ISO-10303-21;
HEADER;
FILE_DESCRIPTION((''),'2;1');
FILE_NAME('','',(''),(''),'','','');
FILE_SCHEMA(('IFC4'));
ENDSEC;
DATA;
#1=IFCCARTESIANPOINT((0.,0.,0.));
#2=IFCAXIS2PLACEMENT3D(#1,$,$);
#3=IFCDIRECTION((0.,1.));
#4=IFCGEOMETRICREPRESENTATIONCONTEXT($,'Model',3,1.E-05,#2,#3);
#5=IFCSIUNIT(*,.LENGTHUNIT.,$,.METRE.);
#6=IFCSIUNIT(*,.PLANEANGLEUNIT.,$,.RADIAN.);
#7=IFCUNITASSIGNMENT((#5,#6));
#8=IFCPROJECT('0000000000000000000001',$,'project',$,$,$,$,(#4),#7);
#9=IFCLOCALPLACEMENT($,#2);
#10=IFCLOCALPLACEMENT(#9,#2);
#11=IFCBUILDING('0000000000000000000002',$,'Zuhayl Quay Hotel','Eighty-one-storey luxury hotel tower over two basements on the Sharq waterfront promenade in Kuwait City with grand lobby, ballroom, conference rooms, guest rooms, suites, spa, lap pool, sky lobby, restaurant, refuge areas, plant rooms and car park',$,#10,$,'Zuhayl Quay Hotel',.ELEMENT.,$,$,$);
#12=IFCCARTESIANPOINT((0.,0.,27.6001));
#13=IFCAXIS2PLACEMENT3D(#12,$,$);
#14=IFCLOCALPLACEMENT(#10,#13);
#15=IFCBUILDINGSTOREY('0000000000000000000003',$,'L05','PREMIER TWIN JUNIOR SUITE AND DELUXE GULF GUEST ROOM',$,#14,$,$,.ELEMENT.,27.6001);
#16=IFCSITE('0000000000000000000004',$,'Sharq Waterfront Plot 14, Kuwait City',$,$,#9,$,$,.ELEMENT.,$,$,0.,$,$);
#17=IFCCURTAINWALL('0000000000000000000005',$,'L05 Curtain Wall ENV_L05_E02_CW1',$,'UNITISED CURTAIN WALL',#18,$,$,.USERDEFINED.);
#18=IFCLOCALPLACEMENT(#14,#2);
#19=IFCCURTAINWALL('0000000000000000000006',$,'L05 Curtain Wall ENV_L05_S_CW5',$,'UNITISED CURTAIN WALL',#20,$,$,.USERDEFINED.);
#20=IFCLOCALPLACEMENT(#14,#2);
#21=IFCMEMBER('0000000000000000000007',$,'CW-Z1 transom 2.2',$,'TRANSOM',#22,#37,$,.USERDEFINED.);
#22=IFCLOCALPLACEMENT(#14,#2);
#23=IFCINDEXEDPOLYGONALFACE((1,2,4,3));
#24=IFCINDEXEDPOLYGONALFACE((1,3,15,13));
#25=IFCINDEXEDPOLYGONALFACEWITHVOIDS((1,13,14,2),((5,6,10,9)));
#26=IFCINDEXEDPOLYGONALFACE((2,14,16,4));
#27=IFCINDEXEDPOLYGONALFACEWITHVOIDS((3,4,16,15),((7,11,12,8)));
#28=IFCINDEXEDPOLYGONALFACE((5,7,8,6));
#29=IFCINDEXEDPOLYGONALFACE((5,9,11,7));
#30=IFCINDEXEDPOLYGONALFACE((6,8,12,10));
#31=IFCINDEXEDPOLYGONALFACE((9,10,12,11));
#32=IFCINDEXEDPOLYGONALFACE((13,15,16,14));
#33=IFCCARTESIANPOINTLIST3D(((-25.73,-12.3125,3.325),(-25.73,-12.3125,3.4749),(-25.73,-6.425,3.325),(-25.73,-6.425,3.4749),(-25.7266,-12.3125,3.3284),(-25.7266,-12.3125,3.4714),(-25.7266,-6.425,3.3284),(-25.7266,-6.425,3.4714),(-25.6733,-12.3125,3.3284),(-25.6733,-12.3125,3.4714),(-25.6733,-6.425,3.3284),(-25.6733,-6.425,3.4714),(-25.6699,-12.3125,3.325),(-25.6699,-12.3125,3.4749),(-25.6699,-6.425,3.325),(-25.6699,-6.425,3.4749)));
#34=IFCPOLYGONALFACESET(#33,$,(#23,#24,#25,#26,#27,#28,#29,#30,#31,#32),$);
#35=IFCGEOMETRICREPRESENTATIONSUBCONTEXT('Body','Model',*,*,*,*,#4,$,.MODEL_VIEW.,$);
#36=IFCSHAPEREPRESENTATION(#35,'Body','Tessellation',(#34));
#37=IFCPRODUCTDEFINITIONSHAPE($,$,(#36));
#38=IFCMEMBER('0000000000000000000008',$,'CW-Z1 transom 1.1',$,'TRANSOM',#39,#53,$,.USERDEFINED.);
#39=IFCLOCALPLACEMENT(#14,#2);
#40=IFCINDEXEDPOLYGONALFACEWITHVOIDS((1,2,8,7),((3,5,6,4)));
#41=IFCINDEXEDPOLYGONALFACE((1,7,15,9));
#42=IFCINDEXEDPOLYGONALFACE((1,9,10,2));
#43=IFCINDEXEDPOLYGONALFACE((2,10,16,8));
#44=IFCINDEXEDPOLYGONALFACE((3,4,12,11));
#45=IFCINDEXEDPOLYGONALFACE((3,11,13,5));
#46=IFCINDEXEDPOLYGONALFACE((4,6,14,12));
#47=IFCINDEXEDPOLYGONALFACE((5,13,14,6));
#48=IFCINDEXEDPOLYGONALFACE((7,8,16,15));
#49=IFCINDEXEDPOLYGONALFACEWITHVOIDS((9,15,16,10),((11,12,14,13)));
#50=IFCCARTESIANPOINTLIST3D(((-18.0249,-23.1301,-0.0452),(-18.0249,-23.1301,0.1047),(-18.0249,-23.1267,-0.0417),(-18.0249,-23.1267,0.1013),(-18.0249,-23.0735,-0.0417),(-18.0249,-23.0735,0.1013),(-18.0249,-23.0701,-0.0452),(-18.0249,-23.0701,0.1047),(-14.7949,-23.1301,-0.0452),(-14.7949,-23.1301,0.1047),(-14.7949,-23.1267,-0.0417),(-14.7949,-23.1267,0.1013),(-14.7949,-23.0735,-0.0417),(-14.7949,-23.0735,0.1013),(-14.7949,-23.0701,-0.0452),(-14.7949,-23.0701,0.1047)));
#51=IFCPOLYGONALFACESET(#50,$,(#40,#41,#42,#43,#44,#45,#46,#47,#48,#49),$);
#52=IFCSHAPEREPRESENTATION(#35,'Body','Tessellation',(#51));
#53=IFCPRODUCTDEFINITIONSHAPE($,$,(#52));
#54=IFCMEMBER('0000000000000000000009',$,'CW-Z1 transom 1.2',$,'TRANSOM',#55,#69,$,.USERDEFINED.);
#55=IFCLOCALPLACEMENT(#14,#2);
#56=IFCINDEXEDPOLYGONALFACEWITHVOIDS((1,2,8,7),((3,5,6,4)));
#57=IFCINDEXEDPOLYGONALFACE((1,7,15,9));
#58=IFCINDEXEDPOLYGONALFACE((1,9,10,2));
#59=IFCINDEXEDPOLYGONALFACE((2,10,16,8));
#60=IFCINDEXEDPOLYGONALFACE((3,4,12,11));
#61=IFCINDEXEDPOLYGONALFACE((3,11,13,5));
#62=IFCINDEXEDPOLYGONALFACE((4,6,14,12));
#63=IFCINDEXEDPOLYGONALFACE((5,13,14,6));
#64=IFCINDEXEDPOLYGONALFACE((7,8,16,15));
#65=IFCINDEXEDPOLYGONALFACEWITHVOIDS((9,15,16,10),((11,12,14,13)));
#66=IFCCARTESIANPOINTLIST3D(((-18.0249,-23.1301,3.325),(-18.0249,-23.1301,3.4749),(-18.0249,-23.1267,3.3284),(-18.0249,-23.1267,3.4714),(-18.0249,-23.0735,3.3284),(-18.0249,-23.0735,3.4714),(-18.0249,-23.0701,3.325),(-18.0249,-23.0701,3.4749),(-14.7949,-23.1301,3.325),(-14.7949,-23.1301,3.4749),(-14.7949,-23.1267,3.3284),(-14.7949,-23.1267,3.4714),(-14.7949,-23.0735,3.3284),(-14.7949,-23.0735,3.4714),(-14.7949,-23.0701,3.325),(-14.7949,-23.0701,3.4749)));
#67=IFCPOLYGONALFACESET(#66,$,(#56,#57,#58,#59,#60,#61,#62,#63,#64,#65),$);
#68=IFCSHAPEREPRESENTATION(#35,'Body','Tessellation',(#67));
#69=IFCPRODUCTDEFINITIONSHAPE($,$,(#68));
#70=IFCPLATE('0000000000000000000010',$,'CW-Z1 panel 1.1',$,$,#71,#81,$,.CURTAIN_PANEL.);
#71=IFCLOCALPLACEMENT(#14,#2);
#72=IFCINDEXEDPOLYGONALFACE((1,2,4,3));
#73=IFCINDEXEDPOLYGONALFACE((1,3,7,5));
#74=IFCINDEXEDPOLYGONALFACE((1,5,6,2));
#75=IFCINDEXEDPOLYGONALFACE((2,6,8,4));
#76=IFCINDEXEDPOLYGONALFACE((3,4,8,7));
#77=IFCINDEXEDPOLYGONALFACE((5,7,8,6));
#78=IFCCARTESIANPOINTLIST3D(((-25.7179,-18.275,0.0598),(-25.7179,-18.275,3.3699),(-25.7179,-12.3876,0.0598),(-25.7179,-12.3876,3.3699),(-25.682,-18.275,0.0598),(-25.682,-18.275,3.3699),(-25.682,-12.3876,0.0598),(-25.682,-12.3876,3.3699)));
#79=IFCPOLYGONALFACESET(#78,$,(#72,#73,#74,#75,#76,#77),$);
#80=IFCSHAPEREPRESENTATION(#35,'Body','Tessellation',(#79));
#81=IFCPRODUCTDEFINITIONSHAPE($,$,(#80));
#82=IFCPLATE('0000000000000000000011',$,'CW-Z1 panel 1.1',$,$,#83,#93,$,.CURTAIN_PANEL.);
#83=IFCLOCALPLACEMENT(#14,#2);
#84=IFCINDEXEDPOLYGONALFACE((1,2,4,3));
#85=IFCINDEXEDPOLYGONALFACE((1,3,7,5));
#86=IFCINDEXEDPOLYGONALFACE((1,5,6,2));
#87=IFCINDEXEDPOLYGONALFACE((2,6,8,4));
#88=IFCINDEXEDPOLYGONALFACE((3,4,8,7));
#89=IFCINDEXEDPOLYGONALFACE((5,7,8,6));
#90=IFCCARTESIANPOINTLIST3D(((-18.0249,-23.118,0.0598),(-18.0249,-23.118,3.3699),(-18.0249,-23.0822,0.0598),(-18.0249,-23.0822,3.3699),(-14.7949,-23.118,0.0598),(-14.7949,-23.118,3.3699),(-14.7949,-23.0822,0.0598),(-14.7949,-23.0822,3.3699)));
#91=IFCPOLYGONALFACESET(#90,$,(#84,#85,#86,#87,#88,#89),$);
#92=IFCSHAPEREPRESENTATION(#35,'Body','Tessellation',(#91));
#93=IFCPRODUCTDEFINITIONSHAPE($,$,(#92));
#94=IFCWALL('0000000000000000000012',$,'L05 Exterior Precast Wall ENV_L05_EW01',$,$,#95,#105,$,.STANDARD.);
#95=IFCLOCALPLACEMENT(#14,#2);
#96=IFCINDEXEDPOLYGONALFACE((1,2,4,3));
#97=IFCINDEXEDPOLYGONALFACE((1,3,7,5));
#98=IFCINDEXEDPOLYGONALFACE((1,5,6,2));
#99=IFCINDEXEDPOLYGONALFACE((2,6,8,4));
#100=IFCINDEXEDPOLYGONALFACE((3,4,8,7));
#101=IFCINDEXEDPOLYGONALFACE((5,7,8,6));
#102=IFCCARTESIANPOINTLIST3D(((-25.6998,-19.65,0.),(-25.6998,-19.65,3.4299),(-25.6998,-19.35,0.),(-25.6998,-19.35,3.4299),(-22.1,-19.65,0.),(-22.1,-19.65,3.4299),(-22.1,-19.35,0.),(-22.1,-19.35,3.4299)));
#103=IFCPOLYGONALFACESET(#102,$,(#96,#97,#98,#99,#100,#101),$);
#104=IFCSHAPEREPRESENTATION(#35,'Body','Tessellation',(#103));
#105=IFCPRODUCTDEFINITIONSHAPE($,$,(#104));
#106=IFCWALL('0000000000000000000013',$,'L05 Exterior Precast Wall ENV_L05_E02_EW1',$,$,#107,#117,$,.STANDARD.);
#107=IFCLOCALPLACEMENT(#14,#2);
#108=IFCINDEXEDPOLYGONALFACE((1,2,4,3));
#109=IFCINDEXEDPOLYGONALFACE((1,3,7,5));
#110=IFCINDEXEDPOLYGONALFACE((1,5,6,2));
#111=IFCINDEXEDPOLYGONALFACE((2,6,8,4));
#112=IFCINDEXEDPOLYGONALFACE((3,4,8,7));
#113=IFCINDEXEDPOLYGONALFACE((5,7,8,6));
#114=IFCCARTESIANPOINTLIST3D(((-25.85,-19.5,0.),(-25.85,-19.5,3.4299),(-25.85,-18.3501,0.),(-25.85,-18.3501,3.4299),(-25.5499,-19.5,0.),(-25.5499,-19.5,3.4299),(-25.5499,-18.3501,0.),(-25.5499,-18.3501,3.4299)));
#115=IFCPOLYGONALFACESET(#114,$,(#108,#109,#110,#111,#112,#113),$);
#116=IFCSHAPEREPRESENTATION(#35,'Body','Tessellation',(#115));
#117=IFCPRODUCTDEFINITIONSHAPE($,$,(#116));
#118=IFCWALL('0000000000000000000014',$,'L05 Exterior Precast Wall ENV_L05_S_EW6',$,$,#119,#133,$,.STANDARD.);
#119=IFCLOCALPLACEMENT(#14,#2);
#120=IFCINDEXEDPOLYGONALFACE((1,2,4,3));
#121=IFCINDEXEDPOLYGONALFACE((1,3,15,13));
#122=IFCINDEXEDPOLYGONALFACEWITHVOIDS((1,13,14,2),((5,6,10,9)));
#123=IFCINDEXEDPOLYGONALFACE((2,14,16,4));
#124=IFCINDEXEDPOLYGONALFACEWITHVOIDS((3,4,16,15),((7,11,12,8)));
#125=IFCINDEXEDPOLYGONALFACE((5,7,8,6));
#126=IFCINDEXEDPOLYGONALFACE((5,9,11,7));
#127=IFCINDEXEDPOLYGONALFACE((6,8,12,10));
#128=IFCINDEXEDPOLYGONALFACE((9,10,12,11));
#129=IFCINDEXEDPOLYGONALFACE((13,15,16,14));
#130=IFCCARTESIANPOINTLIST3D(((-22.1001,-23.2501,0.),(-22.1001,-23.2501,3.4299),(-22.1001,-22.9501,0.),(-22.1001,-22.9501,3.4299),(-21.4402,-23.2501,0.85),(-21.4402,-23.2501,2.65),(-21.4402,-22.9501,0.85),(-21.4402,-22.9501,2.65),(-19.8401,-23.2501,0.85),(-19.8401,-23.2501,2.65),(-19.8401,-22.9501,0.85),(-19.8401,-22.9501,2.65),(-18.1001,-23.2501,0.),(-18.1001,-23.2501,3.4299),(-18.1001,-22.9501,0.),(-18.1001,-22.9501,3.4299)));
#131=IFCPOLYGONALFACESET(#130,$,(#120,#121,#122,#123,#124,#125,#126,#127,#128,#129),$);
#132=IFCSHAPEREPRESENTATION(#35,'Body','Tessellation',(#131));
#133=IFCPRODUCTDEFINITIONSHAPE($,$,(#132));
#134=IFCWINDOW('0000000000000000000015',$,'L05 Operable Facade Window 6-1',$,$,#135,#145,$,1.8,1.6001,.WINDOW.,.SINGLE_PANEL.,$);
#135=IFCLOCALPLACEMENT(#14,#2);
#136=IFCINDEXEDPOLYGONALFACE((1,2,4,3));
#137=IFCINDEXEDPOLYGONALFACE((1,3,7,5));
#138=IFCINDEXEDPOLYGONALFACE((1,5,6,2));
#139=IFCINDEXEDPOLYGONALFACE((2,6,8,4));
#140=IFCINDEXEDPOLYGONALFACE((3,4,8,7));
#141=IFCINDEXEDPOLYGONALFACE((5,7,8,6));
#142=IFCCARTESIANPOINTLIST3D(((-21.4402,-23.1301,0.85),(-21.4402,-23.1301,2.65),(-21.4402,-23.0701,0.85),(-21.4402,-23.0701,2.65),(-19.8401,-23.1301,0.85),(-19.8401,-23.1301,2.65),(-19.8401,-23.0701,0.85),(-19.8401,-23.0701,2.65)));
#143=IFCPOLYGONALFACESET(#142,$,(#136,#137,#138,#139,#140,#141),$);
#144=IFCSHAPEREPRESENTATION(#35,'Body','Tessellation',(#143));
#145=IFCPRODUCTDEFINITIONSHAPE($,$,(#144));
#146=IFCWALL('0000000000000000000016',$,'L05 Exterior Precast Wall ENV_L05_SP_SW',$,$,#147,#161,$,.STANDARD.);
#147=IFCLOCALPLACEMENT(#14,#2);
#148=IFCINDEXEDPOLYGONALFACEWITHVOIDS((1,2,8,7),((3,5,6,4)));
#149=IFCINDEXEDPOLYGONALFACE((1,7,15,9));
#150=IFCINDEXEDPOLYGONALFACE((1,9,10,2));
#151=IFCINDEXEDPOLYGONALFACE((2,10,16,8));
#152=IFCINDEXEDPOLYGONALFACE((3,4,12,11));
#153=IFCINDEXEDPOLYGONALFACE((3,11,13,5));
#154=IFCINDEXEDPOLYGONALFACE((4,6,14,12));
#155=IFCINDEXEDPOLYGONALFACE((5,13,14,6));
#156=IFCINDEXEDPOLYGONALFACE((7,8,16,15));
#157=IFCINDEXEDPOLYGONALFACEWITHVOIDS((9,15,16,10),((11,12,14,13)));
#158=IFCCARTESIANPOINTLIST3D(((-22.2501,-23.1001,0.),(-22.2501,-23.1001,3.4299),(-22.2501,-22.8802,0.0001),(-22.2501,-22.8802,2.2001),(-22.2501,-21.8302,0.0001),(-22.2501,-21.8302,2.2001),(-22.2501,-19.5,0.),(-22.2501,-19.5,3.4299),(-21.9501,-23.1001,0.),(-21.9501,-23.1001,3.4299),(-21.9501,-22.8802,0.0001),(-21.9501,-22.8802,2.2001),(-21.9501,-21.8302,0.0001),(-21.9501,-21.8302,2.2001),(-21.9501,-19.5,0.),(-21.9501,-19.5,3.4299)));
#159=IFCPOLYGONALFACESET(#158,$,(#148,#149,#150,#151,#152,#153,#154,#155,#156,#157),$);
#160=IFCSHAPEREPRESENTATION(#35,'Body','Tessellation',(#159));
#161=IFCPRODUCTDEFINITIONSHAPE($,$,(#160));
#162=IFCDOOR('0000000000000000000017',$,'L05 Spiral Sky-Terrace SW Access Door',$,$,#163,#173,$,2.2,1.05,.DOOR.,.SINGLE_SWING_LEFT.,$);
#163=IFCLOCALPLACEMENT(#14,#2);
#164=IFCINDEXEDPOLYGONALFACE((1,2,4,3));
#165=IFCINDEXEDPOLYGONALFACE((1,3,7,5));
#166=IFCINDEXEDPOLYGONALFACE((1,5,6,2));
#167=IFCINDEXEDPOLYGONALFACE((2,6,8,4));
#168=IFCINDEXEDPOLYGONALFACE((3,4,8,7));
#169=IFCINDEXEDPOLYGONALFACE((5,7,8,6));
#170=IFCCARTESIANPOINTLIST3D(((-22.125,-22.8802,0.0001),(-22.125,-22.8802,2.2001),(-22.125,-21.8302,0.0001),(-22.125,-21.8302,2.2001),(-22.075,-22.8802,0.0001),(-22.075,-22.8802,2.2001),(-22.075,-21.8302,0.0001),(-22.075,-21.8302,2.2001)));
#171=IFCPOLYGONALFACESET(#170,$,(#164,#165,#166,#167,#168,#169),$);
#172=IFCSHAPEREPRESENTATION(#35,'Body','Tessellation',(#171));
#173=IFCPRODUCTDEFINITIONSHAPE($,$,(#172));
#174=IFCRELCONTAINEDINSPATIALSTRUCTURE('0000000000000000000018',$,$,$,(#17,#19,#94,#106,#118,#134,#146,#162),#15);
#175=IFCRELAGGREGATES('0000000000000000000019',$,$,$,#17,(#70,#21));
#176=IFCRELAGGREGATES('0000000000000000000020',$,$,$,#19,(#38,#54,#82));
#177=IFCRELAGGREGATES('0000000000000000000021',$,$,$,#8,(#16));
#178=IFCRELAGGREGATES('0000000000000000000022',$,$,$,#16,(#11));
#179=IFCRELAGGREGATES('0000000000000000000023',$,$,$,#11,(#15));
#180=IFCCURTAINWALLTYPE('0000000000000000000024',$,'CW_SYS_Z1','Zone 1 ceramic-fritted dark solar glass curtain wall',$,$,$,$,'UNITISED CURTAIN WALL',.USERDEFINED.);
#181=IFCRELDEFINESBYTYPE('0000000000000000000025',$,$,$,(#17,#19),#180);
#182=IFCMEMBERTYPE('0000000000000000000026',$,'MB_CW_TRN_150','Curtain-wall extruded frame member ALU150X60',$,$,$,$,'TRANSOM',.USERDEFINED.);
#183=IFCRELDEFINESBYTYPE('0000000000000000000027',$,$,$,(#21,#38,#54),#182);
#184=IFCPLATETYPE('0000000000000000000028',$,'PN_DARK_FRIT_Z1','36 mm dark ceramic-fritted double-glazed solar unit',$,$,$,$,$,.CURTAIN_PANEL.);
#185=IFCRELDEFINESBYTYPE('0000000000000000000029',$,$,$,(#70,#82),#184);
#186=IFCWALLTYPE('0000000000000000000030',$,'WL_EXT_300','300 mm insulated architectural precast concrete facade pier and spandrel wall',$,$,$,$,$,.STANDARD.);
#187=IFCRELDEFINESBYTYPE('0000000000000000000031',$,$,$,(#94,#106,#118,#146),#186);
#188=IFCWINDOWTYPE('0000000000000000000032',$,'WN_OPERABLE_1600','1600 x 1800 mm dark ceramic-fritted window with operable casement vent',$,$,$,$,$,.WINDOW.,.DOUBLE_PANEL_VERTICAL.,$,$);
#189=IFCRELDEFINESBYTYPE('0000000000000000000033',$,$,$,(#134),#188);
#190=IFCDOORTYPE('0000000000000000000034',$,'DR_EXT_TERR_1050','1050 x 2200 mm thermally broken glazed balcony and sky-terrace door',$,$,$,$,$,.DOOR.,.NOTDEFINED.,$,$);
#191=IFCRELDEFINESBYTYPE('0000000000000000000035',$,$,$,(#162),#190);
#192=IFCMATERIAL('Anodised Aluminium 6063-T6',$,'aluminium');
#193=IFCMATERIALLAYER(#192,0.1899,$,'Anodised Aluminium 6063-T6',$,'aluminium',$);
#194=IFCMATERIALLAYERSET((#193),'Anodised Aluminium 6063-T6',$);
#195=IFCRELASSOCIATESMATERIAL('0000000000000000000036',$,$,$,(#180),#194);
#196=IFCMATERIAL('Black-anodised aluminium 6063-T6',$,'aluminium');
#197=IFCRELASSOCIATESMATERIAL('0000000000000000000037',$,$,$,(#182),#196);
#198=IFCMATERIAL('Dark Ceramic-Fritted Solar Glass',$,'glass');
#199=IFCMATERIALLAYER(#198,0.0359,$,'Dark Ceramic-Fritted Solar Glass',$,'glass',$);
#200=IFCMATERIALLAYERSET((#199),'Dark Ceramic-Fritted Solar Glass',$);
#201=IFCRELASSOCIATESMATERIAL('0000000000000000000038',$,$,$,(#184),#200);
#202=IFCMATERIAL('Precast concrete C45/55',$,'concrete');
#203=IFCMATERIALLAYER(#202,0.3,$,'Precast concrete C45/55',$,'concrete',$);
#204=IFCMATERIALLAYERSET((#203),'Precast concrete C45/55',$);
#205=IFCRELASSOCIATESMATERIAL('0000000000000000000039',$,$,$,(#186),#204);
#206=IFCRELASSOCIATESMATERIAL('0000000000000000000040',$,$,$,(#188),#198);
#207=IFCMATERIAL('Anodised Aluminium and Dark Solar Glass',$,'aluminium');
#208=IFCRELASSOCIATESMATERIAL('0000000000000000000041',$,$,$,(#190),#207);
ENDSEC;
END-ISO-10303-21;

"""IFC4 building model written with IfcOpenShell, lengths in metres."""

from ifc_helpers import new_model, si_unit, direction, frame, frame_2d, origin, origin_2d, place, context, subcontext, project, spatial, rectangle, hollow_rectangle, extrude, material, layer, layer_set, material_profile, profile_set, type_object, element, fill, aggregate, save


model = new_model("IFC4")

# Units and contexts
model_context = context("Model", 3, precision=1e-05, world=origin(), true_north=direction((0.0, 1.0)))
body_context = subcontext(model_context, "Body", "Model", "MODEL_VIEW")
ifc_project = project(units=[si_unit("LENGTHUNIT", "METRE"), si_unit("PLANEANGLEUNIT", "RADIAN")], contexts=[model_context])

# Site, building, storey
site_placement = place(None, origin())
site = spatial("IfcSite", under=ifc_project, at=site_placement, Name="Sharq Waterfront Plot 14, Kuwait City", CompositionType="ELEMENT", RefElevation=0.0)
building_placement = place(site_placement, origin())
building = spatial("IfcBuilding", under=site, at=building_placement, Name="Zuhayl Quay Hotel", Description="Eighty-one-storey luxury hotel tower over two basements on the Sharq waterfront promenade in Kuwait City with grand lobby, ballroom, conference rooms, guest rooms, suites, spa, lap pool, sky lobby, restaurant, refuge areas, plant rooms and car park", LongName="Zuhayl Quay Hotel", CompositionType="ELEMENT")
storey_placement = place(building_placement, frame((0.0, 0.0, 27.6001)))
storey = spatial("IfcBuildingStorey", under=building, at=storey_placement, Name="L05", Description="PREMIER TWIN JUNIOR SUITE AND DELUXE GULF GUEST ROOM", CompositionType="ELEMENT", Elevation=27.6001)

# Curtain walls
ifc_material_1 = material(Name="Anodised Aluminium 6063-T6", Category="aluminium")
ifc_layer_1 = layer(ifc_material_1, 0.1899, Name="Anodised Aluminium 6063-T6", Category="aluminium")
ifc_layer_set_1 = layer_set([ifc_layer_1], Name="Anodised Aluminium 6063-T6")
curtain_wall_type = type_object("IfcCurtainWallType", Name="CW_SYS_Z1", Description="Zone 1 ceramic-fritted dark solar glass curtain wall", ElementType="UNITISED CURTAIN WALL", PredefinedType="USERDEFINED", material=ifc_layer_set_1)
curtain_wall_1_placement = place(storey_placement, origin())
curtain_wall_1 = element("IfcCurtainWall", 1, at=curtain_wall_1_placement, inside=storey, type_object=curtain_wall_type, Name="L05 Curtain Wall ENV_L05_E02_CW1", ObjectType="UNITISED CURTAIN WALL", PredefinedType="USERDEFINED")
ifc_material_2 = material(Name="Black-anodised aluminium 6063-T6", Category="aluminium")
curtain_wall_2_placement = place(storey_placement, origin())
curtain_wall_2 = element("IfcCurtainWall", 2, at=curtain_wall_2_placement, inside=storey, type_object=curtain_wall_type, Name="L05 Curtain Wall ENV_L05_S_CW5", ObjectType="UNITISED CURTAIN WALL", PredefinedType="USERDEFINED")

# Members
ifc_material_profile_1 = material_profile(ifc_material_2, hollow_rectangle(XDim=0.0601, YDim=0.1499, WallThickness=0.0034, at=origin_2d()), Name="ALU150X60")
ifc_profile_set_1 = profile_set([ifc_material_profile_1], Name="Black-anodised aluminium 6063-T6")
member_type_1 = type_object("IfcMemberType", Name="MB_CW_TRN_150", Description="Curtain-wall extruded frame member ALU150X60", ElementType="TRANSOM", PredefinedType="USERDEFINED", material=ifc_profile_set_1)
member_1_placement = place(storey_placement, frame((-25.7, -12.3125, 3.3999), z_axis=(0.0, 1.0, 0.0), x_axis=(-1.0, 0.0, 0.0)))
member_1 = element("IfcMember", 3, at=member_1_placement, type_object=member_type_1, Name="CW-Z1 transom 2.2", ObjectType="TRANSOM", PredefinedType="USERDEFINED", context=body_context, shape_type="SweptSolid", body=[
    extrude(hollow_rectangle(XDim=0.0601, YDim=0.1499, WallThickness=0.0034, at=origin_2d()), origin(), (0.0, 0.0, 1.0), 5.8875),
])
member_2_placement = place(storey_placement, frame((-14.7949, -23.1001, 0.0298), z_axis=(-1.0, 0.0, 0.0), x_axis=(0.0, -1.0, 0.0)))
member_2 = element("IfcMember", 4, at=member_2_placement, type_object=member_type_1, Name="CW-Z1 transom 1.1", ObjectType="TRANSOM", PredefinedType="USERDEFINED", context=body_context, shape_type="SweptSolid", body=[
    extrude(hollow_rectangle(XDim=0.0601, YDim=0.1499, WallThickness=0.0034, at=origin_2d()), origin(), (0.0, 0.0, 1.0), 3.23),
])
member_3_placement = place(storey_placement, frame((-14.7949, -23.1001, 3.3999), z_axis=(-1.0, 0.0, 0.0), x_axis=(0.0, -1.0, 0.0)))
member_3 = element("IfcMember", 5, at=member_3_placement, type_object=member_type_1, Name="CW-Z1 transom 1.2", ObjectType="TRANSOM", PredefinedType="USERDEFINED", context=body_context, shape_type="SweptSolid", body=[
    extrude(hollow_rectangle(XDim=0.0601, YDim=0.1499, WallThickness=0.0034, at=origin_2d()), origin(), (0.0, 0.0, 1.0), 3.23),
])

# Plates
ifc_material_3 = material(Name="Dark Ceramic-Fritted Solar Glass", Category="glass")
ifc_layer_2 = layer(ifc_material_3, 0.0359, Name="Dark Ceramic-Fritted Solar Glass", Category="glass")
ifc_layer_set_2 = layer_set([ifc_layer_2], Name="Dark Ceramic-Fritted Solar Glass")
plate_type = type_object("IfcPlateType", Name="PN_DARK_FRIT_Z1", Description="36 mm dark ceramic-fritted double-glazed solar unit", PredefinedType="CURTAIN_PANEL", material=ifc_layer_set_2)
plate_1_placement = place(storey_placement, frame((-25.7, -15.3313, 0.0598), z_axis=(0.0, 0.0, 1.0), x_axis=(0.0, 1.0, 0.0)))
plate_1 = element("IfcPlate", 6, at=plate_1_placement, type_object=plate_type, Name="CW-Z1 panel 1.1", PredefinedType="CURTAIN_PANEL", context=body_context, shape_type="SweptSolid", body=[
    extrude(rectangle(XDim=5.8875, YDim=0.0359, at=origin_2d()), origin(), (0.0, 0.0, 1.0), 3.3101),
])
aggregate(curtain_wall_1, [plate_1, member_1])
plate_2_placement = place(storey_placement, frame((-16.4099, -23.1001, 0.0598), z_axis=(0.0, 0.0, 1.0), x_axis=(-1.0, 0.0, 0.0)))
plate_2 = element("IfcPlate", 7, at=plate_2_placement, type_object=plate_type, Name="CW-Z1 panel 1.1", PredefinedType="CURTAIN_PANEL", context=body_context, shape_type="SweptSolid", body=[
    extrude(rectangle(XDim=3.23, YDim=0.0359, at=origin_2d()), origin(), (0.0, 0.0, 1.0), 3.3101),
])
aggregate(curtain_wall_2, [member_2, member_3, plate_2])

# Walls
ifc_material_4 = material(Name="Precast concrete C45/55", Category="concrete")
ifc_layer_3 = layer(ifc_material_4, 0.3, Name="Precast concrete C45/55", Category="concrete")
ifc_layer_set_3 = layer_set([ifc_layer_3], Name="Precast concrete C45/55")
wall_type_1 = type_object("IfcWallType", Name="WL_EXT_300", Description="300 mm insulated architectural precast concrete facade pier and spandrel wall", PredefinedType="STANDARD", material=ifc_layer_set_3)
wall_1_placement = place(storey_placement, frame((-22.1001, -19.5, 0.0), z_axis=(0.0, 0.0, 1.0), x_axis=(-1.0, 0.0, 0.0)))
element("IfcWall", 8, at=wall_1_placement, inside=storey, type_object=wall_type_1, Name="L05 Exterior Precast Wall ENV_L05_EW01", PredefinedType="STANDARD", context=body_context, shape_type="SweptSolid", body=[
    extrude(rectangle(XDim=3.5999, YDim=0.3, at=frame_2d((1.7998, 0.0))), origin(), (0.0, 0.0, 1.0), 3.4299),
])
wall_2_placement = place(storey_placement, frame((-25.7, -19.5, 0.0), z_axis=(0.0, 0.0, 1.0), x_axis=(0.0, 1.0, 0.0)))
element("IfcWall", 9, at=wall_2_placement, inside=storey, type_object=wall_type_1, Name="L05 Exterior Precast Wall ENV_L05_E02_EW1", PredefinedType="STANDARD", context=body_context, shape_type="SweptSolid", body=[
    extrude(rectangle(XDim=1.1499, YDim=0.3, at=frame_2d((0.575, 0.0))), origin(), (0.0, 0.0, 1.0), 3.4299),
])

# Wall, opening, window
wall_3_placement = place(storey_placement, frame((-18.1001, -23.1001, 0.0), z_axis=(0.0, 0.0, 1.0), x_axis=(-1.0, 0.0, 0.0)))
wall_3 = element("IfcWall", 10, at=wall_3_placement, inside=storey, type_object=wall_type_1, Name="L05 Exterior Precast Wall ENV_L05_S_EW6", PredefinedType="STANDARD", context=body_context, shape_type="SweptSolid", body=[
    extrude(rectangle(XDim=4.0, YDim=0.3, at=frame_2d((2.0, 0.0))), origin(), (0.0, 0.0, 1.0), 3.4299),
])
opening_1_placement = place(wall_3_placement, frame((1.74, 0.0, 0.8501)))
opening_1 = element("IfcOpeningElement", 11, at=opening_1_placement, cuts=wall_3, PredefinedType="OPENING", context=body_context, shape_type="SweptSolid", body=[
    extrude(rectangle(XDim=1.6001, YDim=1.8, at=frame_2d((0.8, 0.8999))), frame((0.0, 0.1599, 0.0), z_axis=(0.0, -1.0, 0.0), x_axis=(1.0, 0.0, 0.0)), (0.0, 0.0, 1.0), 0.3201),
])
window_type = type_object("IfcWindowType", Name="WN_OPERABLE_1600", Description="1600 x 1800 mm dark ceramic-fritted window with operable casement vent", PartitioningType="DOUBLE_PANEL_VERTICAL", PredefinedType="WINDOW", material=ifc_material_3)
window_placement = place(opening_1_placement, origin())
window = element("IfcWindow", 12, at=window_placement, inside=storey, type_object=window_type, Name="L05 Operable Facade Window 6-1", OverallHeight=1.8, OverallWidth=1.6001, PartitioningType="SINGLE_PANEL", PredefinedType="WINDOW", context=body_context, shape_type="SweptSolid", body=[
    extrude(rectangle(XDim=1.6001, YDim=1.8, at=frame_2d((0.8, 0.8999))), frame((0.0, 0.03, 0.0), z_axis=(0.0, -1.0, 0.0), x_axis=(1.0, 0.0, 0.0)), (0.0, 0.0, 1.0), 0.0601),
])
fill(opening_1, window)

# Wall, opening, door
wall_4_placement = place(storey_placement, frame((-22.1001, -23.1001, 0.0), z_axis=(0.0, 0.0, 1.0), x_axis=(0.0, 1.0, 0.0)))
wall_4 = element("IfcWall", 13, at=wall_4_placement, inside=storey, type_object=wall_type_1, Name="L05 Exterior Precast Wall ENV_L05_SP_SW", PredefinedType="STANDARD", context=body_context, shape_type="SweptSolid", body=[
    extrude(rectangle(XDim=3.6001, YDim=0.3, at=frame_2d((1.8, 0.0))), origin(), (0.0, 0.0, 1.0), 3.4299),
])
opening_2_placement = place(wall_4_placement, frame((0.22, 0.0, 0.0)))
opening_2 = element("IfcOpeningElement", 14, at=opening_2_placement, cuts=wall_4, PredefinedType="OPENING", context=body_context, shape_type="SweptSolid", body=[
    extrude(rectangle(XDim=1.05, YDim=2.2, at=frame_2d((0.5249, 1.1001))), frame((0.0, 0.1599, 0.0), z_axis=(0.0, -1.0, 0.0), x_axis=(1.0, 0.0, 0.0)), (0.0, 0.0, 1.0), 0.3201),
])
ifc_material_5 = material(Name="Anodised Aluminium and Dark Solar Glass", Category="aluminium")
door_type = type_object("IfcDoorType", Name="DR_EXT_TERR_1050", Description="1050 x 2200 mm thermally broken glazed balcony and sky-terrace door", OperationType="NOTDEFINED", PredefinedType="DOOR", material=ifc_material_5)
door_placement = place(opening_2_placement, origin())
door = element("IfcDoor", 15, at=door_placement, inside=storey, type_object=door_type, Name="L05 Spiral Sky-Terrace SW Access Door", OperationType="SINGLE_SWING_LEFT", OverallHeight=2.2, OverallWidth=1.05, PredefinedType="DOOR", context=body_context, shape_type="SweptSolid", body=[
    extrude(rectangle(XDim=1.05, YDim=2.2, at=frame_2d((0.5249, 1.1001))), frame((0.0, 0.0249, 0.0), z_axis=(0.0, -1.0, 0.0), x_axis=(1.0, 0.0, 0.0)), (0.0, 0.0, 1.0), 0.05),
])
fill(opening_2, door)

save(model, "model.ifc")
